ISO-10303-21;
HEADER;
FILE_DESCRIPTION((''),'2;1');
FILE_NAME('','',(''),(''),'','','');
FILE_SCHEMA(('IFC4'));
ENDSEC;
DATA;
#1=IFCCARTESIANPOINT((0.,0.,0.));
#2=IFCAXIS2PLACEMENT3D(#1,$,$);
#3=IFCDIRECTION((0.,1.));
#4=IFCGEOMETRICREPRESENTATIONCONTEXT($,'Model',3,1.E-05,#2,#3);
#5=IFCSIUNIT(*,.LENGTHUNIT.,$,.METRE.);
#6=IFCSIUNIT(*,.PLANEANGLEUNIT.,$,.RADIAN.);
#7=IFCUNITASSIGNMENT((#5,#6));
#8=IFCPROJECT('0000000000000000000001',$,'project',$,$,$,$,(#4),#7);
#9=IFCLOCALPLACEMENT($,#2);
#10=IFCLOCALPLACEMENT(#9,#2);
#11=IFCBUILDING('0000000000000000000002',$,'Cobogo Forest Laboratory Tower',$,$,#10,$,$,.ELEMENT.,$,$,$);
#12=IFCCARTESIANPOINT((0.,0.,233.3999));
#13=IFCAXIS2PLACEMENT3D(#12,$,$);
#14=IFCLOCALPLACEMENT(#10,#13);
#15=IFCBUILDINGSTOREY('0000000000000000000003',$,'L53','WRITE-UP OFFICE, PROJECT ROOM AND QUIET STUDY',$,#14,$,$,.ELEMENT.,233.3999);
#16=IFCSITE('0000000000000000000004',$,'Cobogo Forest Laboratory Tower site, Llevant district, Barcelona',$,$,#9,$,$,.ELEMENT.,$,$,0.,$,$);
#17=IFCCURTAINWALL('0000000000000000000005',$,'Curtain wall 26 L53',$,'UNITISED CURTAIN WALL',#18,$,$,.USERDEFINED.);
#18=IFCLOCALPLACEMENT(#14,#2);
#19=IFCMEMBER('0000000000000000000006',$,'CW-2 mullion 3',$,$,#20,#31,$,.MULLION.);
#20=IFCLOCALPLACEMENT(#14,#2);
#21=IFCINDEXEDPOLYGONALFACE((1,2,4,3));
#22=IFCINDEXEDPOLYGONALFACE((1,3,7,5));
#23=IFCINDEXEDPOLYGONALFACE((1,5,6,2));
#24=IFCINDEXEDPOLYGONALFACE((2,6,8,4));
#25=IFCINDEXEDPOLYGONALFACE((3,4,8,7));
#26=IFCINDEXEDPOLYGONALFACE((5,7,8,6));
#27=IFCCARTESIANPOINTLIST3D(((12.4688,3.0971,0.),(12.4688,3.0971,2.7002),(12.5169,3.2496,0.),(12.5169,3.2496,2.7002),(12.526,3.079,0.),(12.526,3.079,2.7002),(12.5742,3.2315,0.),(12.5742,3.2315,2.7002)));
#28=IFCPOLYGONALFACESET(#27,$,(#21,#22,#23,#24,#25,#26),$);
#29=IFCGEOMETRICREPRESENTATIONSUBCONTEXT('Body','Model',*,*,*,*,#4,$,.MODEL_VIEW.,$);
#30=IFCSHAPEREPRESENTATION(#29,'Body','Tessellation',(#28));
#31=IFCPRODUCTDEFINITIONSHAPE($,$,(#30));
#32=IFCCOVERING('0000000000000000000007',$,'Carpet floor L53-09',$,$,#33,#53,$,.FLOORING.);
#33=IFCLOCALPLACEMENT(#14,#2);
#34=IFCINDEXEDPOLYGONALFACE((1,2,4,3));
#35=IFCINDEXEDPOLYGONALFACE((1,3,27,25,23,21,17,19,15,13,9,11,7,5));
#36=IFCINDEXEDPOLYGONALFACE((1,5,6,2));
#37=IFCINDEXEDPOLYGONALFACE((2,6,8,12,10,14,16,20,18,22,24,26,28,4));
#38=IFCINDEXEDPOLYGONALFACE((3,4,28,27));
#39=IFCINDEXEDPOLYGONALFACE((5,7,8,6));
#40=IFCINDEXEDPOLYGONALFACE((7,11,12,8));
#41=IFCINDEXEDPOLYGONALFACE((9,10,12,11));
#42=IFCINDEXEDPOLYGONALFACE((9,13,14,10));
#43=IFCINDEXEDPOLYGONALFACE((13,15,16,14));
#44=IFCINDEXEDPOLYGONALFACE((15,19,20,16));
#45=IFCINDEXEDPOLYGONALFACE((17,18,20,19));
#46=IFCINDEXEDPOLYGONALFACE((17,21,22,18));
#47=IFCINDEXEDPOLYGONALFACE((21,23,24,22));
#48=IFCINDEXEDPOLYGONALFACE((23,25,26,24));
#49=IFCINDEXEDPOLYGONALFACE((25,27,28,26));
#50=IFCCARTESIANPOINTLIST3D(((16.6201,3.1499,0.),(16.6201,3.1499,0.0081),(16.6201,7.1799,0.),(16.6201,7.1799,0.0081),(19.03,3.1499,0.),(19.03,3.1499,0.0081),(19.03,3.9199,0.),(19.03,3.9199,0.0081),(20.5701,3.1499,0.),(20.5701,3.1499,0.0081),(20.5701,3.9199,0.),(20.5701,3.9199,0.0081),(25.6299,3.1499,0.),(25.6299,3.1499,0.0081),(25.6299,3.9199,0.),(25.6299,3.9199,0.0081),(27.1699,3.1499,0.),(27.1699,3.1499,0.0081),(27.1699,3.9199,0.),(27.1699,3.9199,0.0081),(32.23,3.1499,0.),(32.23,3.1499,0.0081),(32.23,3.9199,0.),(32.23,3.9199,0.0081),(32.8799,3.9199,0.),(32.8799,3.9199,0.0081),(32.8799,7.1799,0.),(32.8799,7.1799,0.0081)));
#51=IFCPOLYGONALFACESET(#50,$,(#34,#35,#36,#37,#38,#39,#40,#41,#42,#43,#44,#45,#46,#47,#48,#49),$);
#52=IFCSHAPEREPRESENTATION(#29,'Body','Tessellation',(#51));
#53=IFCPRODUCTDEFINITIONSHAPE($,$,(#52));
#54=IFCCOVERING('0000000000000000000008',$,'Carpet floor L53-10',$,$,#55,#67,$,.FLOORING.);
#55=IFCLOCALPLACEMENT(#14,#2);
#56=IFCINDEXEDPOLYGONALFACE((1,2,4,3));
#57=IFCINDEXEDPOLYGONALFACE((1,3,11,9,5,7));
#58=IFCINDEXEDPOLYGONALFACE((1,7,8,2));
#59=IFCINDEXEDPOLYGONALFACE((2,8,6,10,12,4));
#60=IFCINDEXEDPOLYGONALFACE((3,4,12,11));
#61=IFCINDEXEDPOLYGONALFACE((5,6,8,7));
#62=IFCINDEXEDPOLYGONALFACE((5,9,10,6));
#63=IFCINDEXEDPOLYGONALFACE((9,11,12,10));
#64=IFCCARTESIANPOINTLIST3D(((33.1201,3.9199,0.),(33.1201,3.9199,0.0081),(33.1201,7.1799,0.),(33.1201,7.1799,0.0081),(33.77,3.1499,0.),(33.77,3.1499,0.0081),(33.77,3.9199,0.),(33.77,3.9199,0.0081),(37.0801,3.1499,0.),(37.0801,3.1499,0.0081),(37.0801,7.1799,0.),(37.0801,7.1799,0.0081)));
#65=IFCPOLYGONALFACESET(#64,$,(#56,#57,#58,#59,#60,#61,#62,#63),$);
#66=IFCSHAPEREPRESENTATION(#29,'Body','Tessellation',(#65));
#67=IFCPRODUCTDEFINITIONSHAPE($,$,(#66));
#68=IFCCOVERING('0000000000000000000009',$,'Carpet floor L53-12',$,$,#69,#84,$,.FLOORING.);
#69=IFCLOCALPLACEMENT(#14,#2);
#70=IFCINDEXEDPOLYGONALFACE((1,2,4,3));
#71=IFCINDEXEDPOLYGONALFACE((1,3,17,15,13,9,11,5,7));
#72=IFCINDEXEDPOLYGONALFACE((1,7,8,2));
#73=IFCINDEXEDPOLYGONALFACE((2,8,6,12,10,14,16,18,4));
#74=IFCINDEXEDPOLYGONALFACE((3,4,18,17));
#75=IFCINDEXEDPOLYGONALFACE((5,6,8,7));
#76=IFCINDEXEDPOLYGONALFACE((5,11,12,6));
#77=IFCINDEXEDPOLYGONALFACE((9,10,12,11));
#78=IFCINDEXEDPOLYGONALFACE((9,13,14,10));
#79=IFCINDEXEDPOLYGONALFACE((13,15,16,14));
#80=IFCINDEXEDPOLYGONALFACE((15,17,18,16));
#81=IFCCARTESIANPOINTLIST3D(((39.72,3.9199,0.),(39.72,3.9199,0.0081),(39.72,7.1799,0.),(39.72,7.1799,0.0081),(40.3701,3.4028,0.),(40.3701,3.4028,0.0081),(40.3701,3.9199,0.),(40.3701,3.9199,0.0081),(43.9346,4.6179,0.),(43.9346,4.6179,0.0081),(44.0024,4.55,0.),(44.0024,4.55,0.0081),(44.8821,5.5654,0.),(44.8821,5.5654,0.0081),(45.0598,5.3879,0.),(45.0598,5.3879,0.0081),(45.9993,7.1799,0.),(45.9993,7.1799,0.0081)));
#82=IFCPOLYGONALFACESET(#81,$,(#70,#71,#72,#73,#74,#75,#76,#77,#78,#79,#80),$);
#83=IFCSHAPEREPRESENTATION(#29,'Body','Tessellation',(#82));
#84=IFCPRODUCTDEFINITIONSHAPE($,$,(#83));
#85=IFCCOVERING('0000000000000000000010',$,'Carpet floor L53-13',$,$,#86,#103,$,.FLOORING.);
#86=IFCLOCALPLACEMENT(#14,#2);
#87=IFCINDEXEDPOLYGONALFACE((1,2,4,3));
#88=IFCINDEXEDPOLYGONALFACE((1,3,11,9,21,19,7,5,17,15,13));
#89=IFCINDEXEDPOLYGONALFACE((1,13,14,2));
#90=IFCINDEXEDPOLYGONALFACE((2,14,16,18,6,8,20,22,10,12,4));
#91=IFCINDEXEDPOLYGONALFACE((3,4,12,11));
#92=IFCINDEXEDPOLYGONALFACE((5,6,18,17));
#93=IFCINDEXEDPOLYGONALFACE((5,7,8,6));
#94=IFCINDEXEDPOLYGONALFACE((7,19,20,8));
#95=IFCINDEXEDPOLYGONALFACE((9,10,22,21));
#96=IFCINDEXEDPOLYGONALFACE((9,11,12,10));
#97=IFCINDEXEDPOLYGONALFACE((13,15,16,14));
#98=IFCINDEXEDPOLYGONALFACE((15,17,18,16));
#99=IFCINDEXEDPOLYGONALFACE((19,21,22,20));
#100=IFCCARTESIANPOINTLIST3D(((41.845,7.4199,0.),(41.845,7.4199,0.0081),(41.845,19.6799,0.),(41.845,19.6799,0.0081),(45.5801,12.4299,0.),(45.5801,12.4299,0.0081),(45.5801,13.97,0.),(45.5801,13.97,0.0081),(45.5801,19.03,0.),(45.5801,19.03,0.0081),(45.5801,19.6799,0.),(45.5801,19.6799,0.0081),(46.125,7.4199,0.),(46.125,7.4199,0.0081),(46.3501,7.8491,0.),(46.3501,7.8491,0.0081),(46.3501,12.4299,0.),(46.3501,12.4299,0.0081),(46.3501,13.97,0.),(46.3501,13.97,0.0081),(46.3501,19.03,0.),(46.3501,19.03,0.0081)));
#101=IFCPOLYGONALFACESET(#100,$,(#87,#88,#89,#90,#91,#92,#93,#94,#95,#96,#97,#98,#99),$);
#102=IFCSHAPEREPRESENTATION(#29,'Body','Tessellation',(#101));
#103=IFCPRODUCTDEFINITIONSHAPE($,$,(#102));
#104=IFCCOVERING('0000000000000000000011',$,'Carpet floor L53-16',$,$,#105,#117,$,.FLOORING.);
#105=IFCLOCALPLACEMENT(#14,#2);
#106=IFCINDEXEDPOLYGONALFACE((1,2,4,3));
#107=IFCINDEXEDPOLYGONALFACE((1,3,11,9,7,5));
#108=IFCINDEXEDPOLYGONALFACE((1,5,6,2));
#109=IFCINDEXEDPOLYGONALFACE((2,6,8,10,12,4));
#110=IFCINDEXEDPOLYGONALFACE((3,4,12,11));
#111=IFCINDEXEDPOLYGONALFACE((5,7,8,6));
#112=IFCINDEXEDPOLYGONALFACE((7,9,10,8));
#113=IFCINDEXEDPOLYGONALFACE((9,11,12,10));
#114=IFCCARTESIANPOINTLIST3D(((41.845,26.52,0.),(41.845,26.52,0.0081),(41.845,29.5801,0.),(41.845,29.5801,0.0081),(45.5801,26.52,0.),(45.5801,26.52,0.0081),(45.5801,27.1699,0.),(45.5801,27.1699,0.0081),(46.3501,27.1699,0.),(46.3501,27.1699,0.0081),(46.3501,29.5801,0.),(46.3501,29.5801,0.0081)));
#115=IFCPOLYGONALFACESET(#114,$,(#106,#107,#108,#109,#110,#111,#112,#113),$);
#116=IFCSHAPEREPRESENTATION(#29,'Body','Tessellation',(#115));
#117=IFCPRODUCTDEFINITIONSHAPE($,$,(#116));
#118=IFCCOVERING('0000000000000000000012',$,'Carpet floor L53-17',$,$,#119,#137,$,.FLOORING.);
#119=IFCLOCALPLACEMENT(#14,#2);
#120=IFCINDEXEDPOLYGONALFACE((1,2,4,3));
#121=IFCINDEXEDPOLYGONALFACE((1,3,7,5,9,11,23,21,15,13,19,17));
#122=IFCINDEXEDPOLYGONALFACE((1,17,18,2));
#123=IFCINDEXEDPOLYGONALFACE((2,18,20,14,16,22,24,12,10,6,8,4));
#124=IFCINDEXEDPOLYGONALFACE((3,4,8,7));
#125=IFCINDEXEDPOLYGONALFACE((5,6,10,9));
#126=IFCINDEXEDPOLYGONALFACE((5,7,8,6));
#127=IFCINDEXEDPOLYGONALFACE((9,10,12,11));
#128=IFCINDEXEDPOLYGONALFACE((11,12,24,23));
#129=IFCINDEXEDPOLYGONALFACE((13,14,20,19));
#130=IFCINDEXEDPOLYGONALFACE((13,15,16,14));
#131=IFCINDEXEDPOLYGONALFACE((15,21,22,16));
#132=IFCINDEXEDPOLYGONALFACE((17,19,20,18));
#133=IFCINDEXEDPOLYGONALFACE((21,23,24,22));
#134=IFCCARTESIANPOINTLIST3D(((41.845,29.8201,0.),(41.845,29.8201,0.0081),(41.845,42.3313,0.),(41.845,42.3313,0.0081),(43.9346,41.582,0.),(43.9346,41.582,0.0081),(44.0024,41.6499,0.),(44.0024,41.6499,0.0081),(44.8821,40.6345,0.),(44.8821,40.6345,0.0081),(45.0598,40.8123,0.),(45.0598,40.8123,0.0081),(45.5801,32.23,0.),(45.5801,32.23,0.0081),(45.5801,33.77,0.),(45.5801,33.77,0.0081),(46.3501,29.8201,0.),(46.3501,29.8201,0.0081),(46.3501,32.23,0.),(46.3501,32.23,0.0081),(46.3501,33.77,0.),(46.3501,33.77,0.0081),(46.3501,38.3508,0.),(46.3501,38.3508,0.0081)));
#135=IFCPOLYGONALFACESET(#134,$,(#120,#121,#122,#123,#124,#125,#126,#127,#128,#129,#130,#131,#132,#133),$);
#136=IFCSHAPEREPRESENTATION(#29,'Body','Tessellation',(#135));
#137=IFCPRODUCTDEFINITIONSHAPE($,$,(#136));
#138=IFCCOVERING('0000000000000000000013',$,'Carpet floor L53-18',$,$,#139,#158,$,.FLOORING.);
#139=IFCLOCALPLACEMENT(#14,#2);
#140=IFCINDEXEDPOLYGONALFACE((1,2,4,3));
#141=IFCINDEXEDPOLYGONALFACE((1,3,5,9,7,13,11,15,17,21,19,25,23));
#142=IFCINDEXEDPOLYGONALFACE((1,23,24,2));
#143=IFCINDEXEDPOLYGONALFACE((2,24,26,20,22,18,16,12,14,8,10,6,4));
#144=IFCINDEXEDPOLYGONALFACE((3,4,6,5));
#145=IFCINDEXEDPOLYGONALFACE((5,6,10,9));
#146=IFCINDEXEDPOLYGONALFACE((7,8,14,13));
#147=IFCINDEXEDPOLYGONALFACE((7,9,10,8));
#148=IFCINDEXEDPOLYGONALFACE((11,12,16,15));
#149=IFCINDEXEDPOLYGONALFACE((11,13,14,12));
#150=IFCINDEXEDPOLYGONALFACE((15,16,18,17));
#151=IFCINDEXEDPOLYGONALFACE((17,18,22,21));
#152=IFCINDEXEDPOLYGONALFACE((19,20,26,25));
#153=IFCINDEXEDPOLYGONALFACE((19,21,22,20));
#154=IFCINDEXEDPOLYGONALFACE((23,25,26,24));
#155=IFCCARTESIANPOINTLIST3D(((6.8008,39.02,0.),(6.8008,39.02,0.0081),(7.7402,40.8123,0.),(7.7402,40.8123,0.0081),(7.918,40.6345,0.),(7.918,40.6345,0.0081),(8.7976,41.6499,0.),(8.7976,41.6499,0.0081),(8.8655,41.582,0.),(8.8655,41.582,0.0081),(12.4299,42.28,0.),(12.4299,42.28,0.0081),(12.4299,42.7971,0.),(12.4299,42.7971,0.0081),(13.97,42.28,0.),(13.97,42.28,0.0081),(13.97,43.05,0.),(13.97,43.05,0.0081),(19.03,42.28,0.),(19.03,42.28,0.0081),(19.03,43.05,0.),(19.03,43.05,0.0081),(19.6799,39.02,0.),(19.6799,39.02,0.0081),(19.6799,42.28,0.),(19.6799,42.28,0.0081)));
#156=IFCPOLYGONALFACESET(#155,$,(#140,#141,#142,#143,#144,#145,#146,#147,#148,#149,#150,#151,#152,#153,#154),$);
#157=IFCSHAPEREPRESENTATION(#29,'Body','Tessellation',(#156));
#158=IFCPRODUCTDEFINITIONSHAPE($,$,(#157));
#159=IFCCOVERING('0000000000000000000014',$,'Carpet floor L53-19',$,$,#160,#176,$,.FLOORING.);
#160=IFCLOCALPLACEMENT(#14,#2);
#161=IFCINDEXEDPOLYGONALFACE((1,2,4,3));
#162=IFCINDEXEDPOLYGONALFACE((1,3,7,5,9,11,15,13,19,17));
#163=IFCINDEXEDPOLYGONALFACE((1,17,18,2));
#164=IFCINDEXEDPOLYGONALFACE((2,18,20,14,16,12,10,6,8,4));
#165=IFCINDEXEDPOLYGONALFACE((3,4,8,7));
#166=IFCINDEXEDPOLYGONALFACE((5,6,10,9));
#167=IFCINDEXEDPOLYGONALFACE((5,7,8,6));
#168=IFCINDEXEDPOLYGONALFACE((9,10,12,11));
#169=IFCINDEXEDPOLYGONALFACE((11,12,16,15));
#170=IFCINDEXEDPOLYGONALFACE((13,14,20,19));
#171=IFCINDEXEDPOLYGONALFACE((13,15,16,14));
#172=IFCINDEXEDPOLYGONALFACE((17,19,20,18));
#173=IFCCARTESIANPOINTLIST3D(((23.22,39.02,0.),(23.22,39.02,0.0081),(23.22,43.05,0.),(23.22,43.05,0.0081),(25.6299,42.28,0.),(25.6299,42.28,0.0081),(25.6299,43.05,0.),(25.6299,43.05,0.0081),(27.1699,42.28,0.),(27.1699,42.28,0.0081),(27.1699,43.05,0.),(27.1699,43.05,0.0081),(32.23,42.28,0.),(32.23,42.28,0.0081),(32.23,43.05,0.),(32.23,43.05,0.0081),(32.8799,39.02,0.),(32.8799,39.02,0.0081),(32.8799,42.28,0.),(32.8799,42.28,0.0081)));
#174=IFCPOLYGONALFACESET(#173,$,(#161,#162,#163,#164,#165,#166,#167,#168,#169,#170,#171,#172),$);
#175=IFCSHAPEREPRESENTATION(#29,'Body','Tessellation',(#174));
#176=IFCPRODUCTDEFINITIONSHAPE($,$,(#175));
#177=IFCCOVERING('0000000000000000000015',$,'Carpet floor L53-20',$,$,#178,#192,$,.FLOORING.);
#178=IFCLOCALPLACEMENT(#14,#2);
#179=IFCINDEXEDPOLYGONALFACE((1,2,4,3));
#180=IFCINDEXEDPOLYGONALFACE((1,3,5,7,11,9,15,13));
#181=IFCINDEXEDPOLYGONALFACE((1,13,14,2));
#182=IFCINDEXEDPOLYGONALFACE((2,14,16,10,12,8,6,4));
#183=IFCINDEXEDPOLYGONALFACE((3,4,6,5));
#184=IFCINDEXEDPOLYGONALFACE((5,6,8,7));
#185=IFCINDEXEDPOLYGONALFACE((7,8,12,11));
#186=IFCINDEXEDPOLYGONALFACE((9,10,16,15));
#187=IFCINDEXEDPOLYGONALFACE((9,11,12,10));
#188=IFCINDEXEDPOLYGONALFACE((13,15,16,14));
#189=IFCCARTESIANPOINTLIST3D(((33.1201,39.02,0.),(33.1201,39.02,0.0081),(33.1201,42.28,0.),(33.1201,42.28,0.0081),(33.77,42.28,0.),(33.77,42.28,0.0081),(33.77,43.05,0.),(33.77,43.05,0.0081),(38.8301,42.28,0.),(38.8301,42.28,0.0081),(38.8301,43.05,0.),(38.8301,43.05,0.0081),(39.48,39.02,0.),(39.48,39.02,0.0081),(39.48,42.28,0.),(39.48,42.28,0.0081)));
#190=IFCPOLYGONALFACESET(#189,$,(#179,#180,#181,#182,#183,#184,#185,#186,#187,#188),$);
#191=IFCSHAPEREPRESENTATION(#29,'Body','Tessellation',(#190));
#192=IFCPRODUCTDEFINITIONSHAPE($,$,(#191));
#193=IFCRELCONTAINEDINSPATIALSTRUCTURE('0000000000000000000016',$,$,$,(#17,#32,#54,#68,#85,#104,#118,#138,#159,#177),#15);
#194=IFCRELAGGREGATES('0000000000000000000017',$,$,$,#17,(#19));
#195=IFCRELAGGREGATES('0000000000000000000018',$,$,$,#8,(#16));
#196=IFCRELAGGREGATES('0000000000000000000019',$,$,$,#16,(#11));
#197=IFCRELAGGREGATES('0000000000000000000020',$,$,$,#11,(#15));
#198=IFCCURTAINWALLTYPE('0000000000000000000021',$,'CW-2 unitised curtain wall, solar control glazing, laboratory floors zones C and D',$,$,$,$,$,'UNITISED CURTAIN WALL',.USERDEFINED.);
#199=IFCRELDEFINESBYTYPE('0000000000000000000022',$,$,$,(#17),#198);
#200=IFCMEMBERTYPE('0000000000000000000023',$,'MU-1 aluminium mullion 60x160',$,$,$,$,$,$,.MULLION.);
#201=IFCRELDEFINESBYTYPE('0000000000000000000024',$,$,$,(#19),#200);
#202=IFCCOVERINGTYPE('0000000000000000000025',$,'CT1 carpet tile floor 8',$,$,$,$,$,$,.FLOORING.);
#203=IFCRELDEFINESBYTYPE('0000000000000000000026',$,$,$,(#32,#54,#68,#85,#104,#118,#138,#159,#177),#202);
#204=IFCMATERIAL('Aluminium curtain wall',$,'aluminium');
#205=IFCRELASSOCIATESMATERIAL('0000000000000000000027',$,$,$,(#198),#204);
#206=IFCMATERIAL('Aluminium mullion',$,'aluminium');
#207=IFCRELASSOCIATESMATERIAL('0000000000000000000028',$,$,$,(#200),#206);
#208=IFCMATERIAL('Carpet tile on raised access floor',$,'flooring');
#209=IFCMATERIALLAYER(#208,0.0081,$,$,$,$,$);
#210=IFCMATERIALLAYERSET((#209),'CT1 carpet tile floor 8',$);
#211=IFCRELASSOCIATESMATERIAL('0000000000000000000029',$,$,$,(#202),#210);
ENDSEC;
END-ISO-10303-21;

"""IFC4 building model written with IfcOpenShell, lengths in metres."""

from ifc_helpers import new_model, si_unit, direction, frame, origin, origin_2d, place, context, subcontext, project, spatial, polyline, rectangle, outline, extrude, material, layer, layer_set, material_profile, profile_set, type_object, element, aggregate, save


model = new_model("IFC4")

# Units and contexts
model_context = context("Model", 3, precision=1e-05, world=origin(), true_north=direction((0.0, 1.0)))
body_context = subcontext(model_context, "Body", "Model", "MODEL_VIEW")
ifc_project = project(units=[si_unit("LENGTHUNIT", "METRE"), si_unit("PLANEANGLEUNIT", "RADIAN")], contexts=[model_context])

# Site, building, storey
site_placement = place(None, origin())
site = spatial("IfcSite", under=ifc_project, at=site_placement, Name="Cobogo Forest Laboratory Tower site, Llevant district, Barcelona", CompositionType="ELEMENT", RefElevation=0.0)
building_placement = place(site_placement, origin())
building = spatial("IfcBuilding", under=site, at=building_placement, Name="Cobogo Forest Laboratory Tower", CompositionType="ELEMENT")
storey_placement = place(building_placement, frame((0.0, 0.0, 233.3999)))
storey = spatial("IfcBuildingStorey", under=building, at=storey_placement, Name="L53", Description="WRITE-UP OFFICE, PROJECT ROOM AND QUIET STUDY", CompositionType="ELEMENT", Elevation=233.3999)

# Curtain wall, member
ifc_material_1 = material(Name="Aluminium curtain wall", Category="aluminium")
curtain_wall_type = type_object("IfcCurtainWallType", Name="CW-2 unitised curtain wall, solar control glazing, laboratory floors zones C and D", ElementType="UNITISED CURTAIN WALL", PredefinedType="USERDEFINED", material=ifc_material_1)
curtain_wall_placement = place(storey_placement, origin())
curtain_wall = element("IfcCurtainWall", 1, at=curtain_wall_placement, inside=storey, type_object=curtain_wall_type, Name="Curtain wall 26 L53", ObjectType="UNITISED CURTAIN WALL", PredefinedType="USERDEFINED")
ifc_material_2 = material(Name="Aluminium mullion", Category="aluminium")
ifc_material_profile = material_profile(ifc_material_2, rectangle(XDim=0.0601, YDim=0.1599, at=origin_2d()), Name="AL 60x160")
ifc_profile_set = profile_set([ifc_material_profile], Name="Aluminium mullion")
member_type = type_object("IfcMemberType", Name="MU-1 aluminium mullion 60x160", PredefinedType="MULLION", material=ifc_profile_set)
member_placement = place(storey_placement, frame((12.5215, 3.1643, 0.0), z_axis=(0.0, 0.0, 1.0), x_axis=(0.953581, -0.301136, 0.0)))
member = element("IfcMember", 2, at=member_placement, type_object=member_type, Name="CW-2 mullion 3", PredefinedType="MULLION", context=body_context, shape_type="SweptSolid", body=[
    extrude(rectangle(XDim=0.0601, YDim=0.1599, at=origin_2d()), origin(), (0.0, 0.0, 1.0), 2.7002),
])
aggregate(curtain_wall, [member])

# Coverings
ifc_material_3 = material(Name="Carpet tile on raised access floor", Category="flooring")
ifc_layer_1 = layer(ifc_material_3, 0.0081)
ifc_layer_set_1 = layer_set([ifc_layer_1], Name="CT1 carpet tile floor 8")
covering_type_1 = type_object("IfcCoveringType", Name="CT1 carpet tile floor 8", PredefinedType="FLOORING", material=ifc_layer_set_1)
covering_1_placement = place(storey_placement, origin())
element("IfcCovering", 3, at=covering_1_placement, inside=storey, type_object=covering_type_1, Name="Carpet floor L53-09", PredefinedType="FLOORING", context=body_context, shape_type="SweptSolid", body=[
    extrude(outline(polyline([(32.8799, 7.1799), (32.8799, 3.9199), (32.23, 3.9199), (32.23, 3.1499), (27.1699, 3.1499), (27.1699, 3.9199), (25.6299, 3.9199), (25.6299, 3.1499), (20.5701, 3.1499), (20.5701, 3.9199), (19.03, 3.9199), (19.03, 3.1499), (16.6201, 3.1499), (16.6201, 7.1799), (32.8799, 7.1799)])), origin(), (0.0, 0.0, 1.0), 0.0081),
])
covering_2_placement = place(storey_placement, origin())
element("IfcCovering", 4, at=covering_2_placement, inside=storey, type_object=covering_type_1, Name="Carpet floor L53-10", PredefinedType="FLOORING", context=body_context, shape_type="SweptSolid", body=[
    extrude(outline(polyline([(37.0801, 7.1799), (37.0801, 3.1499), (33.77, 3.1499), (33.77, 3.9199), (33.1201, 3.9199), (33.1201, 7.1799), (37.0801, 7.1799)])), origin(), (0.0, 0.0, 1.0), 0.0081),
])
covering_3_placement = place(storey_placement, origin())
element("IfcCovering", 5, at=covering_3_placement, inside=storey, type_object=covering_type_1, Name="Carpet floor L53-12", PredefinedType="FLOORING", context=body_context, shape_type="SweptSolid", body=[
    extrude(outline(polyline([(44.0024, 4.55), (40.3701, 3.4028), (40.3701, 3.9199), (39.72, 3.9199), (39.72, 7.1799), (45.9993, 7.1799), (45.0598, 5.3879), (44.8821, 5.5654), (43.9346, 4.6179), (44.0024, 4.55)])), origin(), (0.0, 0.0, 1.0), 0.0081),
])
covering_4_placement = place(storey_placement, origin())
element("IfcCovering", 6, at=covering_4_placement, inside=storey, type_object=covering_type_1, Name="Carpet floor L53-13", PredefinedType="FLOORING", context=body_context, shape_type="SweptSolid", body=[
    extrude(outline(polyline([(41.845, 19.6799), (45.5801, 19.6799), (45.5801, 19.03), (46.3501, 19.03), (46.3501, 13.97), (45.5801, 13.97), (45.5801, 12.4299), (46.3501, 12.4299), (46.3501, 7.8491), (46.125, 7.4199), (41.845, 7.4199), (41.845, 19.6799)])), origin(), (0.0, 0.0, 1.0), 0.0081),
])
covering_5_placement = place(storey_placement, origin())
element("IfcCovering", 7, at=covering_5_placement, inside=storey, type_object=covering_type_1, Name="Carpet floor L53-16", PredefinedType="FLOORING", context=body_context, shape_type="SweptSolid", body=[
    extrude(outline(polyline([(41.845, 29.5801), (46.3501, 29.5801), (46.3501, 27.1699), (45.5801, 27.1699), (45.5801, 26.52), (41.845, 26.52), (41.845, 29.5801)])), origin(), (0.0, 0.0, 1.0), 0.0081),
])
covering_6_placement = place(storey_placement, origin())
element("IfcCovering", 8, at=covering_6_placement, inside=storey, type_object=covering_type_1, Name="Carpet floor L53-17", PredefinedType="FLOORING", context=body_context, shape_type="SweptSolid", body=[
    extrude(outline(polyline([(41.845, 42.3313), (44.0024, 41.6499), (43.9346, 41.582), (44.8821, 40.6345), (45.0598, 40.8123), (46.3501, 38.3508), (46.3501, 33.77), (45.5801, 33.77), (45.5801, 32.23), (46.3501, 32.23), (46.3501, 29.8201), (41.845, 29.8201), (41.845, 42.3313)])), origin(), (0.0, 0.0, 1.0), 0.0081),
])
covering_7_placement = place(storey_placement, origin())
element("IfcCovering", 9, at=covering_7_placement, inside=storey, type_object=covering_type_1, Name="Carpet floor L53-18", PredefinedType="FLOORING", context=body_context, shape_type="SweptSolid", body=[
    extrude(outline(polyline([(6.8008, 39.02), (7.7402, 40.8123), (7.918, 40.6345), (8.8655, 41.582), (8.7976, 41.6499), (12.4299, 42.7971), (12.4299, 42.28), (13.97, 42.28), (13.97, 43.05), (19.03, 43.05), (19.03, 42.28), (19.6799, 42.28), (19.6799, 39.02), (6.8008, 39.02)])), origin(), (0.0, 0.0, 1.0), 0.0081),
])
covering_8_placement = place(storey_placement, origin())
element("IfcCovering", 10, at=covering_8_placement, inside=storey, type_object=covering_type_1, Name="Carpet floor L53-19", PredefinedType="FLOORING", context=body_context, shape_type="SweptSolid", body=[
    extrude(outline(polyline([(23.22, 39.02), (23.22, 43.05), (25.6299, 43.05), (25.6299, 42.28), (27.1699, 42.28), (27.1699, 43.05), (32.23, 43.05), (32.23, 42.28), (32.8799, 42.28), (32.8799, 39.02), (23.22, 39.02)])), origin(), (0.0, 0.0, 1.0), 0.0081),
])
covering_9_placement = place(storey_placement, origin())
element("IfcCovering", 11, at=covering_9_placement, inside=storey, type_object=covering_type_1, Name="Carpet floor L53-20", PredefinedType="FLOORING", context=body_context, shape_type="SweptSolid", body=[
    extrude(outline(polyline([(33.1201, 39.02), (33.1201, 42.28), (33.77, 42.28), (33.77, 43.05), (38.8301, 43.05), (38.8301, 42.28), (39.48, 42.28), (39.48, 39.02), (33.1201, 39.02)])), origin(), (0.0, 0.0, 1.0), 0.0081),
])

save(model, "model.ifc")
